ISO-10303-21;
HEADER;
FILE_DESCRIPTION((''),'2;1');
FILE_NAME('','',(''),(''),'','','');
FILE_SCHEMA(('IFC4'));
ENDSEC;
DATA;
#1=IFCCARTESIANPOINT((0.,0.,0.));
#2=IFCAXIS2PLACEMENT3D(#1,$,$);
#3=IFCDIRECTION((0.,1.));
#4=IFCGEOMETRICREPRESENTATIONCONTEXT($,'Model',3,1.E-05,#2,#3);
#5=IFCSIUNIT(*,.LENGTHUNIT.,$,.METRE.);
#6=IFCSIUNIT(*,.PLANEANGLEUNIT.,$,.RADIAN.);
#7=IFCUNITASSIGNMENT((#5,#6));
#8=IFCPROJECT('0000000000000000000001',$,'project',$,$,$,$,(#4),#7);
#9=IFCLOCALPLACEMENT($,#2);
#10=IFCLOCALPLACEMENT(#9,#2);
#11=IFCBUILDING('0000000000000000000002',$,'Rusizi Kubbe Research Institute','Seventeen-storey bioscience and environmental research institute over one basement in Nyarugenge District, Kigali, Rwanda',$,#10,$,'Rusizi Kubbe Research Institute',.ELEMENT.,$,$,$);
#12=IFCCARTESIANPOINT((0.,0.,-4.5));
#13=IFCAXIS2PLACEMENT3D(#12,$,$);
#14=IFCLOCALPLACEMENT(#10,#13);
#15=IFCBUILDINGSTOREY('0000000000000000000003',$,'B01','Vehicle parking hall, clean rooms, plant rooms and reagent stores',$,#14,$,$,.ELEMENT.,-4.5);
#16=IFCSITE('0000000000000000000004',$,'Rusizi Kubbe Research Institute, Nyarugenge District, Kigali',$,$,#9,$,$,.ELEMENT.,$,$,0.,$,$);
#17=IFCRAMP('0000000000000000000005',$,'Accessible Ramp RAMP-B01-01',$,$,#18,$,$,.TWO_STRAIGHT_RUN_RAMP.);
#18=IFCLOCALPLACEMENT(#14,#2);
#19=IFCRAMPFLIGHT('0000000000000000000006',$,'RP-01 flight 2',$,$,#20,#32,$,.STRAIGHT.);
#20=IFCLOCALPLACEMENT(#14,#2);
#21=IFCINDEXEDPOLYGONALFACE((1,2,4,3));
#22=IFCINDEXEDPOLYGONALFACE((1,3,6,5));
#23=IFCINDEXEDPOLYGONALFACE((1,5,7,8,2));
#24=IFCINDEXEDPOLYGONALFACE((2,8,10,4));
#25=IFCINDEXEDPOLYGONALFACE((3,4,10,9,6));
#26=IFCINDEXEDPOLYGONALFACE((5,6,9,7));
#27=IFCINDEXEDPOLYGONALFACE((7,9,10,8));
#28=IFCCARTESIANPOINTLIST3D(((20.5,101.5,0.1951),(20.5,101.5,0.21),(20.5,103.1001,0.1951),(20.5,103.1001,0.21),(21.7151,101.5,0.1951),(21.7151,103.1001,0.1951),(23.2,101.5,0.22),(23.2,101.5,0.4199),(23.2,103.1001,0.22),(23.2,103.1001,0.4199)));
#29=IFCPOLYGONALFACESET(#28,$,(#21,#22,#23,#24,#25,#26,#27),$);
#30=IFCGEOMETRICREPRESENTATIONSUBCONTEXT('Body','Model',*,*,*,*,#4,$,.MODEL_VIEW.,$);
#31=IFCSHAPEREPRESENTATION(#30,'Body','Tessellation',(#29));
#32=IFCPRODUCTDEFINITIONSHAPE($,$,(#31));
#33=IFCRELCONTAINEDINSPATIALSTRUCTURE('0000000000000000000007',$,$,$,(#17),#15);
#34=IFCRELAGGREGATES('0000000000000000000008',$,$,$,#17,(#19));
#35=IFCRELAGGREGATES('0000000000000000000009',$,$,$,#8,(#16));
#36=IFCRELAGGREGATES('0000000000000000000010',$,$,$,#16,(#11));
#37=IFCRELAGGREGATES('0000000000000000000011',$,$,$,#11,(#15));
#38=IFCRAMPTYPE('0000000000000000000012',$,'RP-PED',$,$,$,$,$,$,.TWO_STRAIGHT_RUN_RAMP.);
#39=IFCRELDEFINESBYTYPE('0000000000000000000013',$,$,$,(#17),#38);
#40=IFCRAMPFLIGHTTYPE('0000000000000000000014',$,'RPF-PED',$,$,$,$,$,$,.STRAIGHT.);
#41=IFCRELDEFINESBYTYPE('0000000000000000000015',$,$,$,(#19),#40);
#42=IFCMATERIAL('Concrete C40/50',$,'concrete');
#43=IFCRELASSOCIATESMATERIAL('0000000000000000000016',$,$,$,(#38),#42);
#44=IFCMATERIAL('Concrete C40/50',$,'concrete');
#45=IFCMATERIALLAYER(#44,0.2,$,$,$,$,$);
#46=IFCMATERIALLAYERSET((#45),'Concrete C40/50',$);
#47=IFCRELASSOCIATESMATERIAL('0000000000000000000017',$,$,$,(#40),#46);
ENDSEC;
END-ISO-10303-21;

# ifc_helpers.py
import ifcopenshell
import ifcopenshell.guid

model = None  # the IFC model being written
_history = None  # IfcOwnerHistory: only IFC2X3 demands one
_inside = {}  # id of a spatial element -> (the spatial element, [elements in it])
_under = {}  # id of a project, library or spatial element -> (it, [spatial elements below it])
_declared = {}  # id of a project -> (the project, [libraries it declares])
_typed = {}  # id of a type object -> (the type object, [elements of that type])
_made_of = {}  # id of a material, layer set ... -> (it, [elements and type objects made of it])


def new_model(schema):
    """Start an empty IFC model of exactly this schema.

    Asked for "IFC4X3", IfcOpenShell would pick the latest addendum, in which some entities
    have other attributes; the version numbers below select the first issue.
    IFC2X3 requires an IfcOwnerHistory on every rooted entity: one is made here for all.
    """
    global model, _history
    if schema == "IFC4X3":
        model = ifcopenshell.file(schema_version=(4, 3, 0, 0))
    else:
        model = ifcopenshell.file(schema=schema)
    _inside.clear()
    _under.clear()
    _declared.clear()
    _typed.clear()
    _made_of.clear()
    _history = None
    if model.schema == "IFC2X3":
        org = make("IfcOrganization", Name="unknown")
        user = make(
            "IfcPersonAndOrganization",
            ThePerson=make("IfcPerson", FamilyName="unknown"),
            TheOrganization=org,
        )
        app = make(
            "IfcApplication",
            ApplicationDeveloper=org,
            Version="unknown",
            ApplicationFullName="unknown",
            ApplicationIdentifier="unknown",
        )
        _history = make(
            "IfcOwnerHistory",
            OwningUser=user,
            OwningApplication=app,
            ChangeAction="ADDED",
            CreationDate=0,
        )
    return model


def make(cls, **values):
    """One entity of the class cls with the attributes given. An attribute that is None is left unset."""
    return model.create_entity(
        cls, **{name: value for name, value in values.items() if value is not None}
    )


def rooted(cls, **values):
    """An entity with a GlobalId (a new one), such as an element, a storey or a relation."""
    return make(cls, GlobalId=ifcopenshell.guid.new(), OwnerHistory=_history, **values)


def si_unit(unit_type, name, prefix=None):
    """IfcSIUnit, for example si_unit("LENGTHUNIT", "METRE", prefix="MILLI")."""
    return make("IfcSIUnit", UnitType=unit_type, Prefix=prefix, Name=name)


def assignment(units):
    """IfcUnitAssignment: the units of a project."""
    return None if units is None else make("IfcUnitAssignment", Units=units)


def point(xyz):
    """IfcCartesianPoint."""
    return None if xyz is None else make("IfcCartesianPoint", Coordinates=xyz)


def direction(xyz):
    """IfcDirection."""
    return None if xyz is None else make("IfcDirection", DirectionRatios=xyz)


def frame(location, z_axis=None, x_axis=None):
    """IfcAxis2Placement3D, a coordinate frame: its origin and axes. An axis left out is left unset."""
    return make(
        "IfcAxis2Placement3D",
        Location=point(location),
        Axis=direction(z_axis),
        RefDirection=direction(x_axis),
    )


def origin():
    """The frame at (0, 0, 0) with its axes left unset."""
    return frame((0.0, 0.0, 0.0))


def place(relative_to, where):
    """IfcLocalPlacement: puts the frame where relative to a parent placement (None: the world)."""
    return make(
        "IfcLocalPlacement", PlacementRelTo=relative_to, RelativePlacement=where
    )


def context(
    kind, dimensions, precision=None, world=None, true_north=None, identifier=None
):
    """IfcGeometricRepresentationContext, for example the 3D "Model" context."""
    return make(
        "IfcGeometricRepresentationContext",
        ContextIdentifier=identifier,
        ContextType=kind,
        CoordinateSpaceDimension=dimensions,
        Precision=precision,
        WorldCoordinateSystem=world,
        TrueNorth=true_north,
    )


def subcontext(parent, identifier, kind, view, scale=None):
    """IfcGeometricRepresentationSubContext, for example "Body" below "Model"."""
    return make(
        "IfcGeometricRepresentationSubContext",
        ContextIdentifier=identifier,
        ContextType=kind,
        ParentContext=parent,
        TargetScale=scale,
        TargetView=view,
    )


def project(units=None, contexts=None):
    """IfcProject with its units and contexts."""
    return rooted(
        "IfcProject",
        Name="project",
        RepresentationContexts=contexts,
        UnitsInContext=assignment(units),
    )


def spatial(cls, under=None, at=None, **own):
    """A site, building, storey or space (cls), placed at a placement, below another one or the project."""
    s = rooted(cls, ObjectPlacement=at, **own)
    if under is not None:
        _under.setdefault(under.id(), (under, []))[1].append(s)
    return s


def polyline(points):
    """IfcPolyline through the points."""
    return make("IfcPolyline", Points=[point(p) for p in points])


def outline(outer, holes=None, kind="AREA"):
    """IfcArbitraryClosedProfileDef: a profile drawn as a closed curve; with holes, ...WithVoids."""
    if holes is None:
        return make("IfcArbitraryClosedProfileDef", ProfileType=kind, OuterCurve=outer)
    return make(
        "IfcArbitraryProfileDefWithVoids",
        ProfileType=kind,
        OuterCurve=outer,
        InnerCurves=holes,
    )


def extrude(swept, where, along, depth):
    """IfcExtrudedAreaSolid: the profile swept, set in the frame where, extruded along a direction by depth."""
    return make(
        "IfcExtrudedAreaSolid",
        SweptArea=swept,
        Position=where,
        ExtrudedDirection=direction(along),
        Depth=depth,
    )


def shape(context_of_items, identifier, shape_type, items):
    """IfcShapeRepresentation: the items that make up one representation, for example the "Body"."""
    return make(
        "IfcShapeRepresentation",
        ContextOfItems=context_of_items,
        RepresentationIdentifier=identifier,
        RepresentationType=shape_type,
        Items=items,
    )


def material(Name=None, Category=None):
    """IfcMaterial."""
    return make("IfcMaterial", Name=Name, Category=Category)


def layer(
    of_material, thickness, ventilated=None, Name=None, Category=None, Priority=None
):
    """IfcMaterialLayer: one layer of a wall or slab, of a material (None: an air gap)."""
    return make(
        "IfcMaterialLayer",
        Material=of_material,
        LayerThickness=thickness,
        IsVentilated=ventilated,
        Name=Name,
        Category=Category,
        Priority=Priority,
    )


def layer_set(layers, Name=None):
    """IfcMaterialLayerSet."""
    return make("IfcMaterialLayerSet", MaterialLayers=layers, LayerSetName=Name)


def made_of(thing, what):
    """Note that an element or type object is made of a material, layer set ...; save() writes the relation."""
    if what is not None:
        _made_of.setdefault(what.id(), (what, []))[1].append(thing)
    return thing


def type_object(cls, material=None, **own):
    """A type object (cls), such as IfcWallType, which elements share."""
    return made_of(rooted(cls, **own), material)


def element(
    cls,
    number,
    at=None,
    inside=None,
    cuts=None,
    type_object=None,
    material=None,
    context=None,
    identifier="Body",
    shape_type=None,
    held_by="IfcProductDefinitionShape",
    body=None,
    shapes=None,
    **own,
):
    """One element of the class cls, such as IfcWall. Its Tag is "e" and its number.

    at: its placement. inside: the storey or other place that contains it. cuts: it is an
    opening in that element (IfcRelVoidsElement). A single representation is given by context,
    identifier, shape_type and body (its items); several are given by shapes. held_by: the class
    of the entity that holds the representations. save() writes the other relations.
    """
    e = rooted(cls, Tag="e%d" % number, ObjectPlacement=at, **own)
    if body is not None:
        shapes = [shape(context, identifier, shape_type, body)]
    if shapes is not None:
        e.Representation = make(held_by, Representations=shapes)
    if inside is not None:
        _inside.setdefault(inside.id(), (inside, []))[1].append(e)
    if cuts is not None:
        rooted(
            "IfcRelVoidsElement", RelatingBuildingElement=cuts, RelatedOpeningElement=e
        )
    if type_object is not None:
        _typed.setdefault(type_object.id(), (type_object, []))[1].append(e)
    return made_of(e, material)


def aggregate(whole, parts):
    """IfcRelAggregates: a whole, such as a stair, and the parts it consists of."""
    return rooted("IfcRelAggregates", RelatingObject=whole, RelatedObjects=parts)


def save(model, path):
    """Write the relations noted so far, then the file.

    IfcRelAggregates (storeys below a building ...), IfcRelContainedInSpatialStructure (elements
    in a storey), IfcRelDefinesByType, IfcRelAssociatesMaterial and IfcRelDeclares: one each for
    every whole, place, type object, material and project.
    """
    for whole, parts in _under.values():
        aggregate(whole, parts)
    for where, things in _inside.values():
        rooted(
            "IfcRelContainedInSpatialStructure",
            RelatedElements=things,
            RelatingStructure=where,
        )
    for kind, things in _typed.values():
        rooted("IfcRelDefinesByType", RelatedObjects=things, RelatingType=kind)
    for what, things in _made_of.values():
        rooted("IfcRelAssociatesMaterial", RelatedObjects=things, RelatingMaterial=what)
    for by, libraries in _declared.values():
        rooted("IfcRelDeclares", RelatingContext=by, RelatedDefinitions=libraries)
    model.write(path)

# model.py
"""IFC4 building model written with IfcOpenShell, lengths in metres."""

from ifc_helpers import new_model, si_unit, direction, frame, origin, place, context, subcontext, project, spatial, polyline, outline, extrude, material, layer, layer_set, type_object, element, aggregate, save


model = new_model("IFC4")

# Units and contexts
model_context = context("Model", 3, precision=1e-05, world=origin(), true_north=direction((0.0, 1.0)))
body_context = subcontext(model_context, "Body", "Model", "MODEL_VIEW")
ifc_project = project(units=[si_unit("LENGTHUNIT", "METRE"), si_unit("PLANEANGLEUNIT", "RADIAN")], contexts=[model_context])

# Site, building, storey
site_placement = place(None, origin())
site = spatial("IfcSite", under=ifc_project, at=site_placement, Name="Rusizi Kubbe Research Institute, Nyarugenge District, Kigali", CompositionType="ELEMENT", RefElevation=0.0)
building_placement = place(site_placement, origin())
building = spatial("IfcBuilding", under=site, at=building_placement, Name="Rusizi Kubbe Research Institute", Description="Seventeen-storey bioscience and environmental research institute over one basement in Nyarugenge District, Kigali, Rwanda", LongName="Rusizi Kubbe Research Institute", CompositionType="ELEMENT")
storey_placement = place(building_placement, frame((0.0, 0.0, -4.5)))
storey = spatial("IfcBuildingStorey", under=building, at=storey_placement, Name="B01", Description="Vehicle parking hall, clean rooms, plant rooms and reagent stores", CompositionType="ELEMENT", Elevation=-4.5)

# Ramp, ramp flight
ifc_material_1 = material(Name="Concrete C40/50", Category="concrete")
ramp_type = type_object("IfcRampType", Name="RP-PED", PredefinedType="TWO_STRAIGHT_RUN_RAMP", material=ifc_material_1)
ramp_placement = place(storey_placement, origin())
ramp = element("IfcRamp", 1, at=ramp_placement, inside=storey, type_object=ramp_type, Name="Accessible Ramp RAMP-B01-01", PredefinedType="TWO_STRAIGHT_RUN_RAMP")
ifc_material_2 = material(Name="Concrete C40/50", Category="concrete")
ifc_layer_1 = layer(ifc_material_2, 0.2)
ifc_layer_set_1 = layer_set([ifc_layer_1], Name="Concrete C40/50")
ramp_flight_type = type_object("IfcRampFlightType", Name="RPF-PED", PredefinedType="STRAIGHT", material=ifc_layer_set_1)
ramp_flight_1_placement = place(storey_placement, frame((20.5, 102.3, 0.21), z_axis=(0.0, 0.0, 1.0), x_axis=(1.0, 0.0, 0.0)))
ramp_flight_1 = element("IfcRampFlight", 2, at=ramp_flight_1_placement, type_object=ramp_flight_type, Name="RP-01 flight 2", PredefinedType="STRAIGHT", context=body_context, shape_type="SweptSolid", body=[
    extrude(outline(polyline([(0.0, -0.0149), (0.0, 0.0), (2.7, 0.21), (2.7, 0.01), (1.2151, -0.0149), (0.0, -0.0149)])), frame((0.0, 0.8, 0.0), z_axis=(0.0, -1.0, 0.0), x_axis=(1.0, 0.0, 0.0)), (0.0, 0.0, 1.0), 1.6001),
])
aggregate(ramp, [ramp_flight_1])

save(model, "model.ifc")
